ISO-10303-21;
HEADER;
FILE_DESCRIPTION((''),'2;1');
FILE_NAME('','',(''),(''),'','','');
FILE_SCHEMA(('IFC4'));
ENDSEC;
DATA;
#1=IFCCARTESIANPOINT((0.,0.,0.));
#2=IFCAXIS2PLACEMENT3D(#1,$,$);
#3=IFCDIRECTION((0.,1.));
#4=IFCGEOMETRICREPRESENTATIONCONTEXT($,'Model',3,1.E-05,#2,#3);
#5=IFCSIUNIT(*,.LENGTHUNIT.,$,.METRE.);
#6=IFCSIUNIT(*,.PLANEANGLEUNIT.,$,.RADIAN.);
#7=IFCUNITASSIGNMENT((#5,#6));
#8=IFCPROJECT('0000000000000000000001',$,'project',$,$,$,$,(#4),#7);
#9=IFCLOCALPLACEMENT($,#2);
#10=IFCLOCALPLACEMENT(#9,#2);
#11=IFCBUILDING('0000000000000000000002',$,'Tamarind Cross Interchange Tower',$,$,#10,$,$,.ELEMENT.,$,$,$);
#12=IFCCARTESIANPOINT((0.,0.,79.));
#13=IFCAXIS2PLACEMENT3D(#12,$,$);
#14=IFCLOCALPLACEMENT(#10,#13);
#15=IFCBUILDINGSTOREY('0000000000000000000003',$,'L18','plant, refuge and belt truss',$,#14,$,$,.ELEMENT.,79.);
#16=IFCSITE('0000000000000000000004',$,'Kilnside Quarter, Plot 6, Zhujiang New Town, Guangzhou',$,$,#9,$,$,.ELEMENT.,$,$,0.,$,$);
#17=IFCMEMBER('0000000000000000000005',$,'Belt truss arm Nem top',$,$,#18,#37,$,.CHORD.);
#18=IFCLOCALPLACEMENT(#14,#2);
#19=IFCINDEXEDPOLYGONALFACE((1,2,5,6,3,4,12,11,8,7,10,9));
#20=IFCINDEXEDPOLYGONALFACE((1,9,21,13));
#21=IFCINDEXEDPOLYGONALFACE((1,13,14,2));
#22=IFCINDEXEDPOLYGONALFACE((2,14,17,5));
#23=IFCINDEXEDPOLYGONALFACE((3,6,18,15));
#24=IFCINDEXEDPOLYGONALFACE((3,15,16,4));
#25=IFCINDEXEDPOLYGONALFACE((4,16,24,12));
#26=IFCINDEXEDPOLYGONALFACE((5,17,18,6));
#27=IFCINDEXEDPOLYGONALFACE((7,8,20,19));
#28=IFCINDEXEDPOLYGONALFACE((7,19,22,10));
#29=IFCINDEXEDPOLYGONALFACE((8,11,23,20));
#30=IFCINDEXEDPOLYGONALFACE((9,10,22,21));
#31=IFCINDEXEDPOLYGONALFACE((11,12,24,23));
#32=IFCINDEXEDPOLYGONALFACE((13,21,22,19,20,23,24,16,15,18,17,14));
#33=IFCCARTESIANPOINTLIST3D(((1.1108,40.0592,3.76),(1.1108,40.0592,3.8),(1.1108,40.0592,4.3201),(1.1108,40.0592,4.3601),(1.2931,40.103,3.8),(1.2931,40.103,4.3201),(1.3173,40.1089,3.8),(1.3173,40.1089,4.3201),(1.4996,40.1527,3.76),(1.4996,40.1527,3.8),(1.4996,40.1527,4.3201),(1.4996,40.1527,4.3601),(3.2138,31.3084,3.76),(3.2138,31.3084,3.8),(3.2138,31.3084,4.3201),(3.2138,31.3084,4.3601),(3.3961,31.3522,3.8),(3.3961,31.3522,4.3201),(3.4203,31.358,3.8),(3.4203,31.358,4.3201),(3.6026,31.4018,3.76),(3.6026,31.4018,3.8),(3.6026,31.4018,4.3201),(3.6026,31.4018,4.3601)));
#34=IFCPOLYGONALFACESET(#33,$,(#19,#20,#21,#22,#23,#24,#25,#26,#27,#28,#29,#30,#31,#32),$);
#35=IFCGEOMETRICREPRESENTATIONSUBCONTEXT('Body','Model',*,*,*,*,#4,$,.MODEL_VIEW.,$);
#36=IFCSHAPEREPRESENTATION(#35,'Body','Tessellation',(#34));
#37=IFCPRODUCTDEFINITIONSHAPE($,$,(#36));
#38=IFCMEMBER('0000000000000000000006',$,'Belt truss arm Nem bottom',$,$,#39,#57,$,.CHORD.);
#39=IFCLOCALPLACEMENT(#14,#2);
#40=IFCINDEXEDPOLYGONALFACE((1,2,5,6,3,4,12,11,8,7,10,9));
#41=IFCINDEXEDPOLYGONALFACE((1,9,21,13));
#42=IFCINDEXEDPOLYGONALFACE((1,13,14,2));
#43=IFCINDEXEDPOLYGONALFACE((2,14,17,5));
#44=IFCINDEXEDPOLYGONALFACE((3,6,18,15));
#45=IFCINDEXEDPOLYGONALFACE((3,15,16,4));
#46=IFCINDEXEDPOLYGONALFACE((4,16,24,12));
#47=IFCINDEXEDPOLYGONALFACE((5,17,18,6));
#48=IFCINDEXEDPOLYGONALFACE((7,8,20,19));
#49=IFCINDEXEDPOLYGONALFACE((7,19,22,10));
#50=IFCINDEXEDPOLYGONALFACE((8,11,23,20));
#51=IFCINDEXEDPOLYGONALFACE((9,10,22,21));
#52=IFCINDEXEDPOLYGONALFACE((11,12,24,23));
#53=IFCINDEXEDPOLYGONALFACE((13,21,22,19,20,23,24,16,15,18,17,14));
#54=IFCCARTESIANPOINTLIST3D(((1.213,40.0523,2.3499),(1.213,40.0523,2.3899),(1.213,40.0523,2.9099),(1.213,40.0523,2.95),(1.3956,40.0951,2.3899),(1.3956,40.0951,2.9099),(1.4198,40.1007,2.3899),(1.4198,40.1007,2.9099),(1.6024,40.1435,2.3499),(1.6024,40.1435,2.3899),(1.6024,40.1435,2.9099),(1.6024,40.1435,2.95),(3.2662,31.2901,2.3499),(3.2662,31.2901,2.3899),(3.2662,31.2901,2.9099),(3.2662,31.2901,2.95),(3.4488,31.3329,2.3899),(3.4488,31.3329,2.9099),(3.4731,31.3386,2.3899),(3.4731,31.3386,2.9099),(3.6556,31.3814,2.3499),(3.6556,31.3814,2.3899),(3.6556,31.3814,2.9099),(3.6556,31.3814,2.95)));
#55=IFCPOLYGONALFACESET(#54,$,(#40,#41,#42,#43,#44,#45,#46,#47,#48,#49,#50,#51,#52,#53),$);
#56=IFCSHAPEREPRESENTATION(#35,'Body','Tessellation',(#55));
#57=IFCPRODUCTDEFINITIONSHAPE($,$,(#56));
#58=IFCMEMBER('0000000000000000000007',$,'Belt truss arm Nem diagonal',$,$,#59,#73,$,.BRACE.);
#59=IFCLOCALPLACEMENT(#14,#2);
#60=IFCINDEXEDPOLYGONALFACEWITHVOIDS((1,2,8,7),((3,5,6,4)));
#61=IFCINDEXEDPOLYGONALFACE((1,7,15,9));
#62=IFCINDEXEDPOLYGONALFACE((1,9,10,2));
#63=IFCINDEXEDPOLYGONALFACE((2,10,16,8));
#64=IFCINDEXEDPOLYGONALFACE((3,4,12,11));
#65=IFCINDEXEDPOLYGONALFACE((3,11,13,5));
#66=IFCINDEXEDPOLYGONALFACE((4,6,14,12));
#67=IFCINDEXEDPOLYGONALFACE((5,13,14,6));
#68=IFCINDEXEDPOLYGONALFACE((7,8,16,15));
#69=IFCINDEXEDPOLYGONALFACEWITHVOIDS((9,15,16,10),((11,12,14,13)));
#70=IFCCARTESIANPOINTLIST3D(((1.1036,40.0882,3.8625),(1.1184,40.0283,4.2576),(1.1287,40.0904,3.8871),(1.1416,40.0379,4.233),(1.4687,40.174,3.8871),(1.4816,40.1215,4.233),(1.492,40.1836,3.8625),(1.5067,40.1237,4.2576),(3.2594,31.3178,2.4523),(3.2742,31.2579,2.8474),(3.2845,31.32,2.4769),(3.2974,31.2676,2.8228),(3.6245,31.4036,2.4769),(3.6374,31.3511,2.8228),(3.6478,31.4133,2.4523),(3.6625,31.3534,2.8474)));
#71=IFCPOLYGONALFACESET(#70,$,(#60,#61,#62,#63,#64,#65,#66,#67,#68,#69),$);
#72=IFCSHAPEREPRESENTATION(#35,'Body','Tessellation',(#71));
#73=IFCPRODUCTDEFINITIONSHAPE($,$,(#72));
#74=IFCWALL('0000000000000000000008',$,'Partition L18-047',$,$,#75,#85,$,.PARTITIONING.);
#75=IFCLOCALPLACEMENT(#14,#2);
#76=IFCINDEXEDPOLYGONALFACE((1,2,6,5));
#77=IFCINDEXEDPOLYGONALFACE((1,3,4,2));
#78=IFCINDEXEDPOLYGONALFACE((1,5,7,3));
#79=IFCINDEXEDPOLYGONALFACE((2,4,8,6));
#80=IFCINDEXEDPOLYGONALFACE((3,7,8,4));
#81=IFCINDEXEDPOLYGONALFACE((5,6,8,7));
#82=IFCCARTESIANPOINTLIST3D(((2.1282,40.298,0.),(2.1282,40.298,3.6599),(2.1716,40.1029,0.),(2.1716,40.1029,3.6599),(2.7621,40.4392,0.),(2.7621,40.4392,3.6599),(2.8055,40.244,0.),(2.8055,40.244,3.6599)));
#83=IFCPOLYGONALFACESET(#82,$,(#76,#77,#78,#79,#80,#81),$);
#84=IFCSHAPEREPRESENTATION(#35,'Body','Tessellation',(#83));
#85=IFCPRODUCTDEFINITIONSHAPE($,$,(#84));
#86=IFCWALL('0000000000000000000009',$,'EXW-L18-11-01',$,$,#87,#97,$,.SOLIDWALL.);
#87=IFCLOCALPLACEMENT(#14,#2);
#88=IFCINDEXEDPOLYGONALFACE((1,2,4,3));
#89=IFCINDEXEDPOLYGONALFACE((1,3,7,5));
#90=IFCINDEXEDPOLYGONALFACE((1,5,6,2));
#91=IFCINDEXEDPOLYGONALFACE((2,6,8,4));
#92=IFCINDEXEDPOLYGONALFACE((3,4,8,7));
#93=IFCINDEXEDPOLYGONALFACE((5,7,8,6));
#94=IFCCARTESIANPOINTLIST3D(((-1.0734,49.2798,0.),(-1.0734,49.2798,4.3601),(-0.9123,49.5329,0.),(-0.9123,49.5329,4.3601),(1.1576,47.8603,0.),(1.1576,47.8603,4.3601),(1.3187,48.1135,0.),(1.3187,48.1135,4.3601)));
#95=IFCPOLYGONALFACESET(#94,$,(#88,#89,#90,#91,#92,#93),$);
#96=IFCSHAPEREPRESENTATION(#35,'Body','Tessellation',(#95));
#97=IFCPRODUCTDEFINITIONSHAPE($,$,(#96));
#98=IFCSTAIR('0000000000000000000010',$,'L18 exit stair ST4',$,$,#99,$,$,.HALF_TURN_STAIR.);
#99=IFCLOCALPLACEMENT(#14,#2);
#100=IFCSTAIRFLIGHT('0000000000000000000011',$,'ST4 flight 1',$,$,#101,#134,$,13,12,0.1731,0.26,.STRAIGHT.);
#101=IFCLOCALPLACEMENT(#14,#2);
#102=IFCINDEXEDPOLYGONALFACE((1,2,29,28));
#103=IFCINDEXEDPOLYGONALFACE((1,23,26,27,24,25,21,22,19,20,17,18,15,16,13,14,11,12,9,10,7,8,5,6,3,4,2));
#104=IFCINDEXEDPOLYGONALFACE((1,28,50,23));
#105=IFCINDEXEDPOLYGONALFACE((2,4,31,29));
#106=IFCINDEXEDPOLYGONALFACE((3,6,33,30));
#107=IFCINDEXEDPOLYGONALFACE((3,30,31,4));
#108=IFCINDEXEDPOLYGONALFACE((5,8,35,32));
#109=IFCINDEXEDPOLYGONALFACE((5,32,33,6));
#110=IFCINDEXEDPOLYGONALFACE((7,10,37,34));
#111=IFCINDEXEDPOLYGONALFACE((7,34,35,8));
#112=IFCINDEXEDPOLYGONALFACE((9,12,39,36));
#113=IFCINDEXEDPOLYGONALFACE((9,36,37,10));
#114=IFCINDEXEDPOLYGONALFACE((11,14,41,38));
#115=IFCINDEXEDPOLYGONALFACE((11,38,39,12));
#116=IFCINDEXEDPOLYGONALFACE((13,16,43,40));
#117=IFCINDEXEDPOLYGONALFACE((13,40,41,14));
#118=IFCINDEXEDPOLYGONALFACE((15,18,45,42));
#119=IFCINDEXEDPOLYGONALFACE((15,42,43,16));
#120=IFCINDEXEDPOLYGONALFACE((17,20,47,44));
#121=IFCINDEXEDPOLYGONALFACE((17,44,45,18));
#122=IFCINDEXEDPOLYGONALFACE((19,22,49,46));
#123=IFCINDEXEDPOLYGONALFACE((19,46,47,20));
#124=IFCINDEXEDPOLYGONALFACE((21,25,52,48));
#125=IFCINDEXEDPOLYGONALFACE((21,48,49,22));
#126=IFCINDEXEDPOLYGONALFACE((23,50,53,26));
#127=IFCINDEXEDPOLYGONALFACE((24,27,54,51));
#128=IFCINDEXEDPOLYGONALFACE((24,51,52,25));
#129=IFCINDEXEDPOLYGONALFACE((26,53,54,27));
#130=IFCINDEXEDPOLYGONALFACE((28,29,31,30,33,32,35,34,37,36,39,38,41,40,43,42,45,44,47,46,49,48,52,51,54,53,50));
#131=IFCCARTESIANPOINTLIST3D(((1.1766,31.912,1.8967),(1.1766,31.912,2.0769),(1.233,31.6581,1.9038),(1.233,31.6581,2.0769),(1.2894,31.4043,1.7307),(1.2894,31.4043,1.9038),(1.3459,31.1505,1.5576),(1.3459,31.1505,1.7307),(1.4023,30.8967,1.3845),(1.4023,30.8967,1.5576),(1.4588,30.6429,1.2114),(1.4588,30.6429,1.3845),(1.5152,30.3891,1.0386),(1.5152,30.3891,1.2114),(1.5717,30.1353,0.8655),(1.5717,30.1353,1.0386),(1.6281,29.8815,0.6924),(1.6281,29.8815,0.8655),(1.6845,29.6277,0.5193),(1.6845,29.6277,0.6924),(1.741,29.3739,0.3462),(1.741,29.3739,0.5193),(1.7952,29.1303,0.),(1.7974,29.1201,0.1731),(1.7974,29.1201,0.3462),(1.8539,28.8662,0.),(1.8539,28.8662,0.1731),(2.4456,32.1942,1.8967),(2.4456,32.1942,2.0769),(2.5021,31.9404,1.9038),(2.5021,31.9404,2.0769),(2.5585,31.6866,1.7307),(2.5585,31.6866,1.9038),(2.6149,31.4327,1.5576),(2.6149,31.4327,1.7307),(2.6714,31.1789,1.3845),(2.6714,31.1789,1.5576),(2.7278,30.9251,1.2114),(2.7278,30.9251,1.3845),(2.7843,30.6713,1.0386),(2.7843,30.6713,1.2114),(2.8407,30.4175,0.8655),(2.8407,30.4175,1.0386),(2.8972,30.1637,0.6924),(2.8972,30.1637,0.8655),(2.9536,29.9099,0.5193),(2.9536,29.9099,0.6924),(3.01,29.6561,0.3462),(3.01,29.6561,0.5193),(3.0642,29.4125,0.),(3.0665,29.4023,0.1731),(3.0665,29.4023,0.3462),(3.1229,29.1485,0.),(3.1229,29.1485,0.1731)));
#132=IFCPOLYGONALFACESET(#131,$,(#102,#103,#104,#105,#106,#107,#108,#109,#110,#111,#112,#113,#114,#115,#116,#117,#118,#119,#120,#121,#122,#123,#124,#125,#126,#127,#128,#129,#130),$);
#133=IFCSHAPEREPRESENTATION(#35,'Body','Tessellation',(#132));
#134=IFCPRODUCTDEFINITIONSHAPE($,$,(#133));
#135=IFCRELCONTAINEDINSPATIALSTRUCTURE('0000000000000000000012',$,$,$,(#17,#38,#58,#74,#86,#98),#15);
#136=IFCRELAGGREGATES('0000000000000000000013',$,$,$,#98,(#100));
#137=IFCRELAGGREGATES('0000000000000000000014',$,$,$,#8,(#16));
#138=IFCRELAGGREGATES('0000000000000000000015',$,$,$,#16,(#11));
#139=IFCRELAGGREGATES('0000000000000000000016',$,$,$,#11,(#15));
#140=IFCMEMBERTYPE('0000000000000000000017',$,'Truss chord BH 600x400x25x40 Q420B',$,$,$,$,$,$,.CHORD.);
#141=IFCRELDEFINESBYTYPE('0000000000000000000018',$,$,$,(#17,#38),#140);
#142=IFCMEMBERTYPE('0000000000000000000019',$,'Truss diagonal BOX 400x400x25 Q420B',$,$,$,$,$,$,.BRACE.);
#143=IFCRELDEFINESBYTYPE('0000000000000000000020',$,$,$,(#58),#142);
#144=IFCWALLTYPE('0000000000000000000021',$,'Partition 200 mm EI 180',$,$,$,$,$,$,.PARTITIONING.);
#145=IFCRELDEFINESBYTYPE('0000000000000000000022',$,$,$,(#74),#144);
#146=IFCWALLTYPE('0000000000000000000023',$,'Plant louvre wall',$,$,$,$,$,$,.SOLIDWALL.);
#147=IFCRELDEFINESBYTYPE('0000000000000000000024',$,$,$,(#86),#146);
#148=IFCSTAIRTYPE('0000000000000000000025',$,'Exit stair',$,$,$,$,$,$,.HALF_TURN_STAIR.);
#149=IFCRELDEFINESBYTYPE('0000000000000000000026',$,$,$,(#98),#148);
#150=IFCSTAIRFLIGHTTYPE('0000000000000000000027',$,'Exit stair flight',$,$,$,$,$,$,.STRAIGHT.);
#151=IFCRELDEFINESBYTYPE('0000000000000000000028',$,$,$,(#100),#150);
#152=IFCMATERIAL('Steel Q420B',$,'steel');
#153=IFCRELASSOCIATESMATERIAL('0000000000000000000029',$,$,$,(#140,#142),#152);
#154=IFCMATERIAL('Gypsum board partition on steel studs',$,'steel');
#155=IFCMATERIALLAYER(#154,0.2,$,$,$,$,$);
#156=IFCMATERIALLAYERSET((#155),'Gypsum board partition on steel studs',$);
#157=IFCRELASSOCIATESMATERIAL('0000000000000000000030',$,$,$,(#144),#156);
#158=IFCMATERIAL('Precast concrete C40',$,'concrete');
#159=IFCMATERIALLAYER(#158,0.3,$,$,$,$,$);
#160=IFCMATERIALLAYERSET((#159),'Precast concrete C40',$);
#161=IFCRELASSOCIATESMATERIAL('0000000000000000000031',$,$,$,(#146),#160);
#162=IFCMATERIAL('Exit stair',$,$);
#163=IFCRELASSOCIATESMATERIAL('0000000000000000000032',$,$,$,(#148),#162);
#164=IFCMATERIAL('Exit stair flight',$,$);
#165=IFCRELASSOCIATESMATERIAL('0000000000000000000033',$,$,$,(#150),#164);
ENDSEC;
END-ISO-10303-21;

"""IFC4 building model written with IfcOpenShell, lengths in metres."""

from ifc_helpers import new_model, si_unit, direction, frame, frame_2d, origin, origin_2d, place, context, subcontext, project, spatial, polyline, rectangle, hollow_rectangle, i_section, outline, extrude, material, layer, layer_set, material_profile, profile_set, type_object, element, aggregate, save


model = new_model("IFC4")

# Units and contexts
model_context = context("Model", 3, precision=1e-05, world=origin(), true_north=direction((0.0, 1.0)))
body_context = subcontext(model_context, "Body", "Model", "MODEL_VIEW")
ifc_project = project(units=[si_unit("LENGTHUNIT", "METRE"), si_unit("PLANEANGLEUNIT", "RADIAN")], contexts=[model_context])

# Site, building, storey
site_placement = place(None, origin())
site = spatial("IfcSite", under=ifc_project, at=site_placement, Name="Kilnside Quarter, Plot 6, Zhujiang New Town, Guangzhou", CompositionType="ELEMENT", RefElevation=0.0)
building_placement = place(site_placement, origin())
building = spatial("IfcBuilding", under=site, at=building_placement, Name="Tamarind Cross Interchange Tower", CompositionType="ELEMENT")
storey_placement = place(building_placement, frame((0.0, 0.0, 79.0)))
storey = spatial("IfcBuildingStorey", under=building, at=storey_placement, Name="L18", Description="plant, refuge and belt truss", CompositionType="ELEMENT", Elevation=79.0)

# Members
ifc_material_1 = material(Name="Steel Q420B", Category="steel")
ifc_material_profile_1 = material_profile(ifc_material_1, i_section(OverallWidth=0.3999, OverallDepth=0.6001, WebThickness=0.0249, FlangeThickness=0.04, at=origin_2d()), Name="BH 600x400x25x40")
ifc_profile_set_1 = profile_set([ifc_material_profile_1], Name="Steel Q420B")
member_type_1 = type_object("IfcMemberType", Name="Truss chord BH 600x400x25x40 Q420B", PredefinedType="CHORD", material=ifc_profile_set_1)
member_1_placement = place(storey_placement, frame((1.3052, 40.106, 4.0601), z_axis=(0.233673, -0.972315, 0.0), x_axis=(0.972315, 0.233673, 0.0)))
element("IfcMember", 1, at=member_1_placement, inside=storey, type_object=member_type_1, Name="Belt truss arm Nem top", PredefinedType="CHORD", context=body_context, shape_type="SweptSolid", body=[
    extrude(i_section(OverallWidth=0.3999, OverallDepth=0.6001, WebThickness=0.0249, FlangeThickness=0.04, at=origin_2d()), origin(), (0.0, 0.0, 1.0), 9.0),
])
member_2_placement = place(storey_placement, frame((1.4077, 40.0979, 2.6499), z_axis=(0.228147, -0.973627, 0.0), x_axis=(0.973627, 0.228147, 0.0)))
element("IfcMember", 2, at=member_2_placement, inside=storey, type_object=member_type_1, Name="Belt truss arm Nem bottom", PredefinedType="CHORD", context=body_context, shape_type="SweptSolid", body=[
    extrude(i_section(OverallWidth=0.3999, OverallDepth=0.6001, WebThickness=0.0249, FlangeThickness=0.04, at=origin_2d()), origin(), (0.0, 0.0, 1.0), 8.9995),
])
ifc_material_profile_2 = material_profile(ifc_material_1, hollow_rectangle(XDim=0.3999, YDim=0.3999, WallThickness=0.0249, at=origin_2d()), Name="BOX 400x400x25")
ifc_profile_set_2 = profile_set([ifc_material_profile_2], Name="Steel Q420B")
member_type_2 = type_object("IfcMemberType", Name="Truss diagonal BOX 400x400x25 Q420B", PredefinedType="BRACE", material=ifc_profile_set_2)
member_3_placement = place(storey_placement, frame((1.3052, 40.106, 4.0601), z_axis=(0.235841, -0.959468, -0.154271), x_axis=(0.971094, 0.238698, 0.0)))
element("IfcMember", 3, at=member_3_placement, inside=storey, type_object=member_type_2, Name="Belt truss arm Nem diagonal", PredefinedType="BRACE", context=body_context, shape_type="SweptSolid", body=[
    extrude(hollow_rectangle(XDim=0.3999, YDim=0.3999, WallThickness=0.0249, at=origin_2d()), origin(), (0.0, 0.0, 1.0), 9.1409),
])

# Walls
ifc_material_2 = material(Name="Gypsum board partition on steel studs", Category="steel")
ifc_layer_1 = layer(ifc_material_2, 0.2)
ifc_layer_set_1 = layer_set([ifc_layer_1], Name="Gypsum board partition on steel studs")
wall_type_1 = type_object("IfcWallType", Name="Partition 200 mm EI 180", PredefinedType="PARTITIONING", material=ifc_layer_set_1)
wall_1_placement = place(storey_placement, frame((2.1499, 40.2004, 0.0), z_axis=(0.0, 0.0, 1.0), x_axis=(0.976099, 0.217329, 0.0)))
element("IfcWall", 4, at=wall_1_placement, inside=storey, type_object=wall_type_1, Name="Partition L18-047", PredefinedType="PARTITIONING", context=body_context, shape_type="SweptSolid", body=[
    extrude(rectangle(XDim=0.6494, YDim=0.2, at=frame_2d((0.3247, 0.0))), origin(), (0.0, 0.0, 1.0), 3.6599),
])
ifc_material_3 = material(Name="Precast concrete C40", Category="concrete")
ifc_layer_2 = layer(ifc_material_3, 0.3)
ifc_layer_set_2 = layer_set([ifc_layer_2], Name="Precast concrete C40")
wall_type_2 = type_object("IfcWallType", Name="Plant louvre wall", PredefinedType="SOLIDWALL", material=ifc_layer_set_2)
wall_2_placement = place(storey_placement, frame((1.2383, 47.9868, 0.0), z_axis=(0.0, 0.0, 1.0), x_axis=(-0.843707, 0.536804, 0.0)))
element("IfcWall", 5, at=wall_2_placement, inside=storey, type_object=wall_type_2, Name="EXW-L18-11-01", PredefinedType="SOLIDWALL", context=body_context, shape_type="SweptSolid", body=[
    extrude(rectangle(XDim=2.6443, YDim=0.3, at=frame_2d((1.3223, 0.0))), origin(), (0.0, 0.0, 1.0), 4.3601),
])

# Stair, stair flight
ifc_material_4 = material(Name="Exit stair")
stair_type = type_object("IfcStairType", Name="Exit stair", PredefinedType="HALF_TURN_STAIR", material=ifc_material_4)
stair_placement = place(storey_placement, origin())
stair = element("IfcStair", 6, at=stair_placement, inside=storey, type_object=stair_type, Name="L18 exit stair ST4", PredefinedType="HALF_TURN_STAIR")
ifc_material_5 = material(Name="Exit stair flight")
stair_flight_type = type_object("IfcStairFlightType", Name="Exit stair flight", PredefinedType="STRAIGHT", material=ifc_material_5)
stair_flight_placement = place(storey_placement, frame((2.4883, 29.0073, 0.0), z_axis=(0.0, 0.0, 1.0), x_axis=(-0.21708, 0.976154, 0.0)))
stair_flight = element("IfcStairFlight", 7, at=stair_flight_placement, type_object=stair_flight_type, Name="ST4 flight 1", NumberOfRisers=13, NumberOfTreads=12, PredefinedType="STRAIGHT", RiserHeight=0.1731, TreadLength=0.26, context=body_context, shape_type="SweptSolid", body=[
    extrude(outline(polyline([(0.0, 0.0), (0.0, 0.1731), (0.26, 0.1731), (0.26, 0.3462), (0.52, 0.3462), (0.52, 0.5193), (0.78, 0.5193), (0.78, 0.6924), (1.04, 0.6924), (1.04, 0.8655), (1.3, 0.8655), (1.3, 1.0386), (1.5601, 1.0386), (1.5601, 1.2114), (1.8201, 1.2114), (1.8201, 1.3845), (2.0801, 1.3845), (2.0801, 1.5576), (2.3401, 1.5576), (2.3401, 1.7307), (2.6001, 1.7307), (2.6001, 1.9038), (2.8601, 1.9038), (2.8601, 2.0769), (3.1201, 2.0769), (3.1201, 2.25), (3.1201, 1.8967), (0.2705, 0.0), (0.0, 0.0)])), frame((0.0, 0.6499, 0.0), z_axis=(0.0, -1.0, 0.0), x_axis=(1.0, 0.0, 0.0)), (0.0, 0.0, 1.0), 1.3),
])
aggregate(stair, [stair_flight])

save(model, "model.ifc")
